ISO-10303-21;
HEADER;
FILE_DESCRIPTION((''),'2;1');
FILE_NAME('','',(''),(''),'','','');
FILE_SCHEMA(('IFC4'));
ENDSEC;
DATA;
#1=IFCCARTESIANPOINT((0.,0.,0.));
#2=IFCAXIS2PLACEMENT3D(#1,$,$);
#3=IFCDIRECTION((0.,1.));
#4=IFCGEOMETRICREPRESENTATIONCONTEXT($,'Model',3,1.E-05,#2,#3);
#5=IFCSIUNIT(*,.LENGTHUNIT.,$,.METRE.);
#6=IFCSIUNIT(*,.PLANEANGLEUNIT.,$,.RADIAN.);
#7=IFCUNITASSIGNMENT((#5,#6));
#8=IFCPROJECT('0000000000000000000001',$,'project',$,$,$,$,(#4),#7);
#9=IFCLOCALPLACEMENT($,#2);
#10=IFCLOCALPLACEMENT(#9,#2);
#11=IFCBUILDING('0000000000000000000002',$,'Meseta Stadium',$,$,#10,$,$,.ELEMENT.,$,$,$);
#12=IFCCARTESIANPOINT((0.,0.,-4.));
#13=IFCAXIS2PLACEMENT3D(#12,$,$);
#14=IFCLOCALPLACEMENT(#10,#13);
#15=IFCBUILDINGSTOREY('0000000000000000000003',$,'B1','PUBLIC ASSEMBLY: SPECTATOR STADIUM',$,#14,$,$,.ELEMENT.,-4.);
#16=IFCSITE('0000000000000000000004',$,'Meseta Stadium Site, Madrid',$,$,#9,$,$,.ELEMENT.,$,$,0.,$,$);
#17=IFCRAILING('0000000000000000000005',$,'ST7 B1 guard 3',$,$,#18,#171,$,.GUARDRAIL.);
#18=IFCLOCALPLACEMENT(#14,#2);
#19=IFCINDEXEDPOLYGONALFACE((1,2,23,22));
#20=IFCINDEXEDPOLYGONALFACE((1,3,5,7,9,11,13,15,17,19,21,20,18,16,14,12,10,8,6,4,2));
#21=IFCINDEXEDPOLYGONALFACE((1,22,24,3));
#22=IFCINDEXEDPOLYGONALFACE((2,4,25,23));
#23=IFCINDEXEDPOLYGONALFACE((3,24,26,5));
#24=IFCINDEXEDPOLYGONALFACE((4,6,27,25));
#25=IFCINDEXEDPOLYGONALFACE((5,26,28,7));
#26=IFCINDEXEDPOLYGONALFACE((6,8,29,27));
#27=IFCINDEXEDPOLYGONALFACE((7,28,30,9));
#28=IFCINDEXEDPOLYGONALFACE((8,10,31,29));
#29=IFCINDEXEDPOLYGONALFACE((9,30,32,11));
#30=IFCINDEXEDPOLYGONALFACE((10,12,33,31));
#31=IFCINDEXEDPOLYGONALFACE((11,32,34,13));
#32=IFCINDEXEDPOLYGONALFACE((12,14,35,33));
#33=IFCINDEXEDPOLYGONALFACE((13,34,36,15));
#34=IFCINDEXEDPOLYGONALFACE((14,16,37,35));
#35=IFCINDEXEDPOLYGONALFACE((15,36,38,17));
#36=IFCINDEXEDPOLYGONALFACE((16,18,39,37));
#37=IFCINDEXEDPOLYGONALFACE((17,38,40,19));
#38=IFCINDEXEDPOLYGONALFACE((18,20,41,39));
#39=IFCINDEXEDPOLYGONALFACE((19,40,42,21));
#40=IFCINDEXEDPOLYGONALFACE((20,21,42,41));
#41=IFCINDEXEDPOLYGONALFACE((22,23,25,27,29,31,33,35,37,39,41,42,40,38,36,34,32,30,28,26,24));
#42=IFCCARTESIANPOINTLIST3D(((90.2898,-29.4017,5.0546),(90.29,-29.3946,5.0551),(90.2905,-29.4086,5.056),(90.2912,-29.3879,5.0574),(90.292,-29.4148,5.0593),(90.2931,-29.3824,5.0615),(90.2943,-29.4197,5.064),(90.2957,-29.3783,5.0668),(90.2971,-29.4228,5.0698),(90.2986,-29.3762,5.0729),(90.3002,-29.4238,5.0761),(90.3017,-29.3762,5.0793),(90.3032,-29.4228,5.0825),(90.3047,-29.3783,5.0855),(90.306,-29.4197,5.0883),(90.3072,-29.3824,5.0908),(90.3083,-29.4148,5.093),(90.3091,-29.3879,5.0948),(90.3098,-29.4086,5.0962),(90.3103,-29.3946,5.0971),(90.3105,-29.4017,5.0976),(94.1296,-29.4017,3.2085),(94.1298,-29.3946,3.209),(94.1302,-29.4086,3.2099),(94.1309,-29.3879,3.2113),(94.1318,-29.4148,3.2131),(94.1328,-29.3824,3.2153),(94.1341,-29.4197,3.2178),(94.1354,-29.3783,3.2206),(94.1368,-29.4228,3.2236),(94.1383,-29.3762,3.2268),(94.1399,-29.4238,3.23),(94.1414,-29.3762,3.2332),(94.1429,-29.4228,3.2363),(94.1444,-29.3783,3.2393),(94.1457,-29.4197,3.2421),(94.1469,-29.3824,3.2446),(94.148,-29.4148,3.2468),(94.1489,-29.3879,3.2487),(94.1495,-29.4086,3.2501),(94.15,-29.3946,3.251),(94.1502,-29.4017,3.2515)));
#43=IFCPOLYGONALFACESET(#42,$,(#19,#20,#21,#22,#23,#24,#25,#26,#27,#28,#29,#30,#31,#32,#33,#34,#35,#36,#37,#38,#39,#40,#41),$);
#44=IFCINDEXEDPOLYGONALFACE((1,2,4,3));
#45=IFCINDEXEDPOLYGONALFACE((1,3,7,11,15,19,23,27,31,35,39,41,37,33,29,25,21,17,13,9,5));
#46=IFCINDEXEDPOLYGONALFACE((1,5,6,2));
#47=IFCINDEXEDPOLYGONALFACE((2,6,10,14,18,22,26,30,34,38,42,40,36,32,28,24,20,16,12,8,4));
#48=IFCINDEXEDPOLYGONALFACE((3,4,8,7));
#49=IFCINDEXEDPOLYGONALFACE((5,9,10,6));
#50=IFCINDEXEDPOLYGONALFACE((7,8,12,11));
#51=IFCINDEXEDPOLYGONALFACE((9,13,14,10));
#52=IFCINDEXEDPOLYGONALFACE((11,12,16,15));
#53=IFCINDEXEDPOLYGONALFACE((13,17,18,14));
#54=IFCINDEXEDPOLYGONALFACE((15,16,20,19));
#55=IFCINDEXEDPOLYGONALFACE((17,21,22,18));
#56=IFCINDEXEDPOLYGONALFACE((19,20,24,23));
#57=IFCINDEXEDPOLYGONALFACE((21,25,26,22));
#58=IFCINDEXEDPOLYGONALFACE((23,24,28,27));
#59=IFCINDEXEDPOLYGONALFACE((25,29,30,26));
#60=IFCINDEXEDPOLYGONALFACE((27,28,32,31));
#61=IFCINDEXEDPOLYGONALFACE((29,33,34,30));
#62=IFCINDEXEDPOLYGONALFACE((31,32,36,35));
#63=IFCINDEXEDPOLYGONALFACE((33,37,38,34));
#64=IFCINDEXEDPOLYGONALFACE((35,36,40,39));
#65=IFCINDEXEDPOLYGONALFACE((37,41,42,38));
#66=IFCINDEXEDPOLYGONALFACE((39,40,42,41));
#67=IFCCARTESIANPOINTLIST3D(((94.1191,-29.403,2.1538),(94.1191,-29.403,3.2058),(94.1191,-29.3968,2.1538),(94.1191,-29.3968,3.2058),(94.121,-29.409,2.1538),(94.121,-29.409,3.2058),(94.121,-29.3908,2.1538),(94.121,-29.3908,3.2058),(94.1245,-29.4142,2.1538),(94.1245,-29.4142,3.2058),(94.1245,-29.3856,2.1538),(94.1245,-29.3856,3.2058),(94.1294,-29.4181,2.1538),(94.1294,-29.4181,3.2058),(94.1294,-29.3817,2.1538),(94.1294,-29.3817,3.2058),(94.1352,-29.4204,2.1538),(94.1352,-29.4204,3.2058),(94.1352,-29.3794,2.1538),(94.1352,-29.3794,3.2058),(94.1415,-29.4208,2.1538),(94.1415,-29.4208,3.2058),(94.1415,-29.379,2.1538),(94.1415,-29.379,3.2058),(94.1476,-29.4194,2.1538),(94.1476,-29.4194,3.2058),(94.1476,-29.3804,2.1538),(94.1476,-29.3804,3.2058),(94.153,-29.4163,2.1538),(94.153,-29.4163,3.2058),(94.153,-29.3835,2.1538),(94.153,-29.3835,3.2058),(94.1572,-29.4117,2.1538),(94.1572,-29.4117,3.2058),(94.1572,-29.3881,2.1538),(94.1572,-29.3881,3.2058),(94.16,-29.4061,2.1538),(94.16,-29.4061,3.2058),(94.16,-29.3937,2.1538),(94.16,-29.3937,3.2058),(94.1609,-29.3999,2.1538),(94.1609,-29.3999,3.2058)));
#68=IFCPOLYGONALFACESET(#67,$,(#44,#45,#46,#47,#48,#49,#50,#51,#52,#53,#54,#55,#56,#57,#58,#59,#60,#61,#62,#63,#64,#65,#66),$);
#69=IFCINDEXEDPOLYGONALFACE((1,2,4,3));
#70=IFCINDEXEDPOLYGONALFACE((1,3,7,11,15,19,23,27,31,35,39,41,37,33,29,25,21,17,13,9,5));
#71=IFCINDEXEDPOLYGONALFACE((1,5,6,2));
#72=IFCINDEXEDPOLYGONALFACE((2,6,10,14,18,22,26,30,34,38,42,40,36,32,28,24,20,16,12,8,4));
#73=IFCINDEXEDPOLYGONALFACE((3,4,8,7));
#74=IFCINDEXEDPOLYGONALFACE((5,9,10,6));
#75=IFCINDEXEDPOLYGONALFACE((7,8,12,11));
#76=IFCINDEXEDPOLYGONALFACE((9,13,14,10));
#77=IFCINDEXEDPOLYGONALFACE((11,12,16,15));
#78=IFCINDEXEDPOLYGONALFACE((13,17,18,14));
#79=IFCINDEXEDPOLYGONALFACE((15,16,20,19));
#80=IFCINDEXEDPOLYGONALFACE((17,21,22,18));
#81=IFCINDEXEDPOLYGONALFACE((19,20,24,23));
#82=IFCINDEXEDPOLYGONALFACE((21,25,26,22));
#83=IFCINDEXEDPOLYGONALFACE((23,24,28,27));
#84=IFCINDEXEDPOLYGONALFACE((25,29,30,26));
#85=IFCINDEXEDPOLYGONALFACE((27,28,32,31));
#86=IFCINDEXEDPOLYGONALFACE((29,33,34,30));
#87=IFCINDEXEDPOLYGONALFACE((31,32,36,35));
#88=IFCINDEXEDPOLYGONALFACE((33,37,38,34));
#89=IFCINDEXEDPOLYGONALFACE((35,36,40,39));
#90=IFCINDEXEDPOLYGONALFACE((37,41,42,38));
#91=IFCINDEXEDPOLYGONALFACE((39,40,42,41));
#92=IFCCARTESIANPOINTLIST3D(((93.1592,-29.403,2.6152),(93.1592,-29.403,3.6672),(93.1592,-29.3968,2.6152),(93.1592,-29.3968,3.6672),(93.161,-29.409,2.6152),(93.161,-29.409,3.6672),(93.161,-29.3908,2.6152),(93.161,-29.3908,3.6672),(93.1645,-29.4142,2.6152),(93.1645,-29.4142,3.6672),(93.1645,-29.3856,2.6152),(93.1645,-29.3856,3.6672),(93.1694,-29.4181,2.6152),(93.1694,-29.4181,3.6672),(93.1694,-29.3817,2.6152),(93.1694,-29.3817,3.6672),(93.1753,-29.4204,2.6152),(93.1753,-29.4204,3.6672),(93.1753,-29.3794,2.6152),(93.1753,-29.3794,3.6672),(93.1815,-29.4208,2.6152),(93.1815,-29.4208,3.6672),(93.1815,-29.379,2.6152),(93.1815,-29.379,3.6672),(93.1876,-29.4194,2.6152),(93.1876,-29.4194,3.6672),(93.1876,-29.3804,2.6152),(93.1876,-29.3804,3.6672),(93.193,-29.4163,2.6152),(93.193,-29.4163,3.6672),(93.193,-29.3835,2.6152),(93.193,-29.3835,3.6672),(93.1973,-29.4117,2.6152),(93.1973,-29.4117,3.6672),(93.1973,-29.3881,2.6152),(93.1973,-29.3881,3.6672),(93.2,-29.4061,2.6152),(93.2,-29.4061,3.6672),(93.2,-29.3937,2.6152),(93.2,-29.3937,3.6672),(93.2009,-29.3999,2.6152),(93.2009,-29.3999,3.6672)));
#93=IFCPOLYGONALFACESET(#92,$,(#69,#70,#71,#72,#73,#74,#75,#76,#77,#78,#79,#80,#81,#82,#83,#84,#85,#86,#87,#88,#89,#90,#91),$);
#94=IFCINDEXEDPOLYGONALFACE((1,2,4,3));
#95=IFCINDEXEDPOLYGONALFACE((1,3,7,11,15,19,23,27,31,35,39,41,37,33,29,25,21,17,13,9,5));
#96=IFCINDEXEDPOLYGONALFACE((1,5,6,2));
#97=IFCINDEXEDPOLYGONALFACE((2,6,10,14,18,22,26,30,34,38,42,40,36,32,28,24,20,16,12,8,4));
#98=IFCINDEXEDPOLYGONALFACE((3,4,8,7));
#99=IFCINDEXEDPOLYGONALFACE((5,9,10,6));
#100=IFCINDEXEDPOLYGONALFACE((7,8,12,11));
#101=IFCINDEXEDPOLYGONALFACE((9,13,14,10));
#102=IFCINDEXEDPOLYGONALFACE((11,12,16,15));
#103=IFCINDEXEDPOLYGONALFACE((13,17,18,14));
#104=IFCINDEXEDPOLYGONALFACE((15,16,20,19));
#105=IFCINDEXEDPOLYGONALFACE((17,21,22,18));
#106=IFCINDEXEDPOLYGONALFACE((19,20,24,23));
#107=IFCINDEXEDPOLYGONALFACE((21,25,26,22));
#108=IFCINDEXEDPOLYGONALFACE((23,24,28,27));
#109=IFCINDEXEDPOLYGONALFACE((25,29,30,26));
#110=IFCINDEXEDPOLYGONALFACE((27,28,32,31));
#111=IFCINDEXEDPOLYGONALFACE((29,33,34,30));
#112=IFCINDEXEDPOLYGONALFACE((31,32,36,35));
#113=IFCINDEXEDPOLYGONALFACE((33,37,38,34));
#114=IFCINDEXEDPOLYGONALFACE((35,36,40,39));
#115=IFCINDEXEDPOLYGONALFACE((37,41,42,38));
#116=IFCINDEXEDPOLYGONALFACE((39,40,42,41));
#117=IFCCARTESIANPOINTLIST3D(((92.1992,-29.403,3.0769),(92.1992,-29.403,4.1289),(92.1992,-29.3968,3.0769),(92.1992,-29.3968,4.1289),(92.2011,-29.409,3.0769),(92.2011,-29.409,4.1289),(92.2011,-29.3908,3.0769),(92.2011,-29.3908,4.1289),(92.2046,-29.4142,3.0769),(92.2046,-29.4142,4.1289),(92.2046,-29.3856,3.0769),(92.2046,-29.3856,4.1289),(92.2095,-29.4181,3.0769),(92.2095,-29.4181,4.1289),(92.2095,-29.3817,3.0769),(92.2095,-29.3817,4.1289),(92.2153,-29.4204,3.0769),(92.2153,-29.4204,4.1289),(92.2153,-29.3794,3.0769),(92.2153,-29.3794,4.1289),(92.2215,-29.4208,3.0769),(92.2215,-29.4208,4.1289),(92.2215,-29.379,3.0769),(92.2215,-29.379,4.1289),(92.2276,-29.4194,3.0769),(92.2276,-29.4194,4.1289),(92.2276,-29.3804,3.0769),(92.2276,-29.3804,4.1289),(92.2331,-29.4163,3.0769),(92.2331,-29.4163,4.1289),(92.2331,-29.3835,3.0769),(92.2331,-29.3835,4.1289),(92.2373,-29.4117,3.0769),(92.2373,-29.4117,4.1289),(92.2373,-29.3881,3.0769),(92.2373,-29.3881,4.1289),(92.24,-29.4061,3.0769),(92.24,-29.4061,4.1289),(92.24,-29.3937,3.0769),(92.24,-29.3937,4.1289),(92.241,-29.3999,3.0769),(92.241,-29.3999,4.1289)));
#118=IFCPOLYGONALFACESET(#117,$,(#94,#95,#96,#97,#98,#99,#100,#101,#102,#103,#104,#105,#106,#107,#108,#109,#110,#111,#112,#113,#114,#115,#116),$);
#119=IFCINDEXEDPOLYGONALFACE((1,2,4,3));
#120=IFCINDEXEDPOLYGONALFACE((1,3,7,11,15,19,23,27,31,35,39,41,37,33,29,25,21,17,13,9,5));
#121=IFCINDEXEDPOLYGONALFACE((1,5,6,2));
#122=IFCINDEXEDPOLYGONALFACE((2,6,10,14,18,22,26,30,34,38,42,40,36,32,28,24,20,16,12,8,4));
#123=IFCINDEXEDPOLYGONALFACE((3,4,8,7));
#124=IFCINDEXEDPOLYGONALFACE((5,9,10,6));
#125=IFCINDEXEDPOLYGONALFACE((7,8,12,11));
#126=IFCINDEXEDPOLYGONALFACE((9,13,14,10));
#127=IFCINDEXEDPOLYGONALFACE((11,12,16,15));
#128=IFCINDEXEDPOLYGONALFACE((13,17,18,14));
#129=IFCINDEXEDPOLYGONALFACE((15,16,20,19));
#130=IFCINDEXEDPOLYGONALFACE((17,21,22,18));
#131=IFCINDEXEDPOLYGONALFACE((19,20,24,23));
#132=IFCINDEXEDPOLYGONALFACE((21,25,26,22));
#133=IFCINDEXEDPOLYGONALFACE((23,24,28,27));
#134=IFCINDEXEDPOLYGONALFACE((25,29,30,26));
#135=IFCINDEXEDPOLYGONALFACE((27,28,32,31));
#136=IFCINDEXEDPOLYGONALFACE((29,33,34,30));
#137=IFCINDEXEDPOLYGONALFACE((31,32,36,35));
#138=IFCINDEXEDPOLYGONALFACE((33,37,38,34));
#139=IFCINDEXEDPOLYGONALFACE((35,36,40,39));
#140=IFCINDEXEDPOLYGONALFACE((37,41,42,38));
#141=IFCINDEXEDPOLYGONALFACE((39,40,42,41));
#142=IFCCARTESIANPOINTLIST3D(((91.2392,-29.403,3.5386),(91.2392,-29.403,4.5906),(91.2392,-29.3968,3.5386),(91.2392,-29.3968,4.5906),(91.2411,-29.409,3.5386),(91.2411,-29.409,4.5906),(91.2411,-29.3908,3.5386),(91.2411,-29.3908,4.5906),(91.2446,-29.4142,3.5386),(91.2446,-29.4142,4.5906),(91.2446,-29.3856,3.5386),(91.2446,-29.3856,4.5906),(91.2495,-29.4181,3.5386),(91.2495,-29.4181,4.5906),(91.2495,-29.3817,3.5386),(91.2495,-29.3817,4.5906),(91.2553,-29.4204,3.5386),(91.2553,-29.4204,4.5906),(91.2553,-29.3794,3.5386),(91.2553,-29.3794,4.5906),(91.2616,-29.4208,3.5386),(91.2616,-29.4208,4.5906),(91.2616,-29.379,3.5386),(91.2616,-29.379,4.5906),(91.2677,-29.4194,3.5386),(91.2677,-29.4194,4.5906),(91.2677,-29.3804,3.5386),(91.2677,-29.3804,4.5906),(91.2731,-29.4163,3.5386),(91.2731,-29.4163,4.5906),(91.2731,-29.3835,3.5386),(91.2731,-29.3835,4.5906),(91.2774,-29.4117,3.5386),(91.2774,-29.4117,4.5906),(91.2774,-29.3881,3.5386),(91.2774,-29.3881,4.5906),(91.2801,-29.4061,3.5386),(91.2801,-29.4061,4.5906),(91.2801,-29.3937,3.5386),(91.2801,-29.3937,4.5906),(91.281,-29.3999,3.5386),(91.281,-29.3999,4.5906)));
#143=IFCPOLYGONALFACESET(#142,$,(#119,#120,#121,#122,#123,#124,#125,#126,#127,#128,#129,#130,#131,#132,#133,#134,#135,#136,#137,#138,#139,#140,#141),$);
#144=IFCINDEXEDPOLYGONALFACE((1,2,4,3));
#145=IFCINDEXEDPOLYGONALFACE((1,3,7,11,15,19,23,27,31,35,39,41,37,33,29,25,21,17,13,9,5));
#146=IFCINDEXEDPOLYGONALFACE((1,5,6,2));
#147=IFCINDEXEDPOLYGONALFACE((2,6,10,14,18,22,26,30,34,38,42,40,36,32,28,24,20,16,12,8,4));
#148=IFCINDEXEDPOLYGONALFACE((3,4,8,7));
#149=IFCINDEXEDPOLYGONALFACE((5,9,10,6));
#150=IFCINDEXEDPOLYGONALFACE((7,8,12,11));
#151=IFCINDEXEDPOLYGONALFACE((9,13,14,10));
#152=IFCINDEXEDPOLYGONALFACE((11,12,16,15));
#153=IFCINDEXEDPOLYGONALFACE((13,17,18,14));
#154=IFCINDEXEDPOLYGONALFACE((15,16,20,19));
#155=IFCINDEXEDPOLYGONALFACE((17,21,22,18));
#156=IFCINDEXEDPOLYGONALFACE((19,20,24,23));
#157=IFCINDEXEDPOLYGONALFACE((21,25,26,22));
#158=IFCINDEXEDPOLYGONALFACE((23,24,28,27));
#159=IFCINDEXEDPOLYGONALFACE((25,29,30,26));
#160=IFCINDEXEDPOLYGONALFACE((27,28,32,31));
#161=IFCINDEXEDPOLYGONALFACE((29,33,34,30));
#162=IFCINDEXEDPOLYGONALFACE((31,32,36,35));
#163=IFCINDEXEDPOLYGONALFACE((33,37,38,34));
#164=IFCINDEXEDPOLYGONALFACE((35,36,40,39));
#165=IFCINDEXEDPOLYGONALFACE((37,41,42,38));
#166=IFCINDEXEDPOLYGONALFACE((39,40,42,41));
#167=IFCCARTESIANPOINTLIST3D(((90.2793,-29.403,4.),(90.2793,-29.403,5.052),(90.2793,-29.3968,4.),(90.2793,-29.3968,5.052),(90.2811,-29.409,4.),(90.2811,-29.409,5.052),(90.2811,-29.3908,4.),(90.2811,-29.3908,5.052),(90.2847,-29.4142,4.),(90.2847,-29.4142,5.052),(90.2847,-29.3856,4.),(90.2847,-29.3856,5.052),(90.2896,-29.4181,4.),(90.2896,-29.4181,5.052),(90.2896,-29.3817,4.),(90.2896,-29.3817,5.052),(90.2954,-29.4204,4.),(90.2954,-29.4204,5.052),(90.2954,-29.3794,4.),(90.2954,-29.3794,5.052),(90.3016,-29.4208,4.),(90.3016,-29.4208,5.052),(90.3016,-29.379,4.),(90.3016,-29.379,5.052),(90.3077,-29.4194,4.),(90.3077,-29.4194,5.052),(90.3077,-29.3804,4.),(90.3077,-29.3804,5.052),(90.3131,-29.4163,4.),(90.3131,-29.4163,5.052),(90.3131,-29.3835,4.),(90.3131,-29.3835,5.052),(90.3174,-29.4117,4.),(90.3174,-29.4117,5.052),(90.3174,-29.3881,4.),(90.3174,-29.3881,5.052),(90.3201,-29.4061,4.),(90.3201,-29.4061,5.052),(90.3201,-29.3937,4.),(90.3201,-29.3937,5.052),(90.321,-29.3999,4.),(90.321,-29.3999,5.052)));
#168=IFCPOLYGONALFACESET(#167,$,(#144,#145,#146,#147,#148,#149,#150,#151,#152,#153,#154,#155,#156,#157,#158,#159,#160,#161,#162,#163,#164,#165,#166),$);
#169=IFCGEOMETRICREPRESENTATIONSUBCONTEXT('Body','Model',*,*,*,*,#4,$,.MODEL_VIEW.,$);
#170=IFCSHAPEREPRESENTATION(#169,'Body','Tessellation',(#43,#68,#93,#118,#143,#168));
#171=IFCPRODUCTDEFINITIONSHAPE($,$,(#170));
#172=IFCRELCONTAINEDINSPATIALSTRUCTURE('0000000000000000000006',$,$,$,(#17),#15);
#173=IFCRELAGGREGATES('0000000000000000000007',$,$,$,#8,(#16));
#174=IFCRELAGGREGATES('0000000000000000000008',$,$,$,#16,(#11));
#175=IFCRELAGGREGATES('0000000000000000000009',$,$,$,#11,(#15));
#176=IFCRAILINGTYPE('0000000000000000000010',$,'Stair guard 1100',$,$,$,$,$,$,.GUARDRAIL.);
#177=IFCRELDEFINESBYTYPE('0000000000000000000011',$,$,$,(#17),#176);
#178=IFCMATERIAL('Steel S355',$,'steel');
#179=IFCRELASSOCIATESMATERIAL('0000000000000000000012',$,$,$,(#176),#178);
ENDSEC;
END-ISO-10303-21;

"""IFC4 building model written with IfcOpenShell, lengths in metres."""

from ifc_helpers import new_model, si_unit, direction, frame, origin, origin_2d, place, context, subcontext, project, spatial, circle, extrude, material, type_object, element, save


model = new_model("IFC4")

# Units and contexts
model_context = context("Model", 3, precision=1e-05, world=origin(), true_north=direction((0.0, 1.0)))
body_context = subcontext(model_context, "Body", "Model", "MODEL_VIEW")
ifc_project = project(units=[si_unit("LENGTHUNIT", "METRE"), si_unit("PLANEANGLEUNIT", "RADIAN")], contexts=[model_context])

# Site, building, storey
site_placement = place(None, origin())
site = spatial("IfcSite", under=ifc_project, at=site_placement, Name="Meseta Stadium Site, Madrid", CompositionType="ELEMENT", RefElevation=0.0)
building_placement = place(site_placement, origin())
building = spatial("IfcBuilding", under=site, at=building_placement, Name="Meseta Stadium", CompositionType="ELEMENT")
storey_placement = place(building_placement, frame((0.0, 0.0, -4.0)))
storey = spatial("IfcBuildingStorey", under=building, at=storey_placement, Name="B1", Description="PUBLIC ASSEMBLY: SPECTATOR STADIUM", CompositionType="ELEMENT", Elevation=-4.0)

# Railing
ifc_material_1 = material(Name="Steel S355", Category="steel")
railing_type_1 = type_object("IfcRailingType", Name="Stair guard 1100", PredefinedType="GUARDRAIL", material=ifc_material_1)
railing_1_placement = place(storey_placement, frame((94.1399, -29.3999, 2.1538)))
element("IfcRailing", 1, at=railing_1_placement, inside=storey, type_object=railing_type_1, Name="ST7 B1 guard 3", PredefinedType="GUARDRAIL", context=body_context, shape_type="SweptSolid", body=[
    extrude(circle(Radius=0.0239, at=origin_2d()), frame((0.0, 0.0, 1.0762), z_axis=(-0.901242, 0.0, 0.433316), x_axis=(0.0, -1.0, 0.0)), (0.0, 0.0, 1.0), 4.2605),
    extrude(circle(Radius=0.021, at=origin_2d()), origin(), (0.0, 0.0, 1.0), 1.052),
    extrude(circle(Radius=0.021, at=origin_2d()), frame((-0.96, 0.0, 0.4614)), (0.0, 0.0, 1.0), 1.052),
    extrude(circle(Radius=0.021, at=origin_2d()), frame((-1.9199, 0.0, 0.9231)), (0.0, 0.0, 1.0), 1.052),
    extrude(circle(Radius=0.021, at=origin_2d()), frame((-2.8799, 0.0, 1.3848)), (0.0, 0.0, 1.0), 1.052),
    extrude(circle(Radius=0.021, at=origin_2d()), frame((-3.8398, 0.0, 1.8462)), (0.0, 0.0, 1.0), 1.052),
])

save(model, "model.ifc")
